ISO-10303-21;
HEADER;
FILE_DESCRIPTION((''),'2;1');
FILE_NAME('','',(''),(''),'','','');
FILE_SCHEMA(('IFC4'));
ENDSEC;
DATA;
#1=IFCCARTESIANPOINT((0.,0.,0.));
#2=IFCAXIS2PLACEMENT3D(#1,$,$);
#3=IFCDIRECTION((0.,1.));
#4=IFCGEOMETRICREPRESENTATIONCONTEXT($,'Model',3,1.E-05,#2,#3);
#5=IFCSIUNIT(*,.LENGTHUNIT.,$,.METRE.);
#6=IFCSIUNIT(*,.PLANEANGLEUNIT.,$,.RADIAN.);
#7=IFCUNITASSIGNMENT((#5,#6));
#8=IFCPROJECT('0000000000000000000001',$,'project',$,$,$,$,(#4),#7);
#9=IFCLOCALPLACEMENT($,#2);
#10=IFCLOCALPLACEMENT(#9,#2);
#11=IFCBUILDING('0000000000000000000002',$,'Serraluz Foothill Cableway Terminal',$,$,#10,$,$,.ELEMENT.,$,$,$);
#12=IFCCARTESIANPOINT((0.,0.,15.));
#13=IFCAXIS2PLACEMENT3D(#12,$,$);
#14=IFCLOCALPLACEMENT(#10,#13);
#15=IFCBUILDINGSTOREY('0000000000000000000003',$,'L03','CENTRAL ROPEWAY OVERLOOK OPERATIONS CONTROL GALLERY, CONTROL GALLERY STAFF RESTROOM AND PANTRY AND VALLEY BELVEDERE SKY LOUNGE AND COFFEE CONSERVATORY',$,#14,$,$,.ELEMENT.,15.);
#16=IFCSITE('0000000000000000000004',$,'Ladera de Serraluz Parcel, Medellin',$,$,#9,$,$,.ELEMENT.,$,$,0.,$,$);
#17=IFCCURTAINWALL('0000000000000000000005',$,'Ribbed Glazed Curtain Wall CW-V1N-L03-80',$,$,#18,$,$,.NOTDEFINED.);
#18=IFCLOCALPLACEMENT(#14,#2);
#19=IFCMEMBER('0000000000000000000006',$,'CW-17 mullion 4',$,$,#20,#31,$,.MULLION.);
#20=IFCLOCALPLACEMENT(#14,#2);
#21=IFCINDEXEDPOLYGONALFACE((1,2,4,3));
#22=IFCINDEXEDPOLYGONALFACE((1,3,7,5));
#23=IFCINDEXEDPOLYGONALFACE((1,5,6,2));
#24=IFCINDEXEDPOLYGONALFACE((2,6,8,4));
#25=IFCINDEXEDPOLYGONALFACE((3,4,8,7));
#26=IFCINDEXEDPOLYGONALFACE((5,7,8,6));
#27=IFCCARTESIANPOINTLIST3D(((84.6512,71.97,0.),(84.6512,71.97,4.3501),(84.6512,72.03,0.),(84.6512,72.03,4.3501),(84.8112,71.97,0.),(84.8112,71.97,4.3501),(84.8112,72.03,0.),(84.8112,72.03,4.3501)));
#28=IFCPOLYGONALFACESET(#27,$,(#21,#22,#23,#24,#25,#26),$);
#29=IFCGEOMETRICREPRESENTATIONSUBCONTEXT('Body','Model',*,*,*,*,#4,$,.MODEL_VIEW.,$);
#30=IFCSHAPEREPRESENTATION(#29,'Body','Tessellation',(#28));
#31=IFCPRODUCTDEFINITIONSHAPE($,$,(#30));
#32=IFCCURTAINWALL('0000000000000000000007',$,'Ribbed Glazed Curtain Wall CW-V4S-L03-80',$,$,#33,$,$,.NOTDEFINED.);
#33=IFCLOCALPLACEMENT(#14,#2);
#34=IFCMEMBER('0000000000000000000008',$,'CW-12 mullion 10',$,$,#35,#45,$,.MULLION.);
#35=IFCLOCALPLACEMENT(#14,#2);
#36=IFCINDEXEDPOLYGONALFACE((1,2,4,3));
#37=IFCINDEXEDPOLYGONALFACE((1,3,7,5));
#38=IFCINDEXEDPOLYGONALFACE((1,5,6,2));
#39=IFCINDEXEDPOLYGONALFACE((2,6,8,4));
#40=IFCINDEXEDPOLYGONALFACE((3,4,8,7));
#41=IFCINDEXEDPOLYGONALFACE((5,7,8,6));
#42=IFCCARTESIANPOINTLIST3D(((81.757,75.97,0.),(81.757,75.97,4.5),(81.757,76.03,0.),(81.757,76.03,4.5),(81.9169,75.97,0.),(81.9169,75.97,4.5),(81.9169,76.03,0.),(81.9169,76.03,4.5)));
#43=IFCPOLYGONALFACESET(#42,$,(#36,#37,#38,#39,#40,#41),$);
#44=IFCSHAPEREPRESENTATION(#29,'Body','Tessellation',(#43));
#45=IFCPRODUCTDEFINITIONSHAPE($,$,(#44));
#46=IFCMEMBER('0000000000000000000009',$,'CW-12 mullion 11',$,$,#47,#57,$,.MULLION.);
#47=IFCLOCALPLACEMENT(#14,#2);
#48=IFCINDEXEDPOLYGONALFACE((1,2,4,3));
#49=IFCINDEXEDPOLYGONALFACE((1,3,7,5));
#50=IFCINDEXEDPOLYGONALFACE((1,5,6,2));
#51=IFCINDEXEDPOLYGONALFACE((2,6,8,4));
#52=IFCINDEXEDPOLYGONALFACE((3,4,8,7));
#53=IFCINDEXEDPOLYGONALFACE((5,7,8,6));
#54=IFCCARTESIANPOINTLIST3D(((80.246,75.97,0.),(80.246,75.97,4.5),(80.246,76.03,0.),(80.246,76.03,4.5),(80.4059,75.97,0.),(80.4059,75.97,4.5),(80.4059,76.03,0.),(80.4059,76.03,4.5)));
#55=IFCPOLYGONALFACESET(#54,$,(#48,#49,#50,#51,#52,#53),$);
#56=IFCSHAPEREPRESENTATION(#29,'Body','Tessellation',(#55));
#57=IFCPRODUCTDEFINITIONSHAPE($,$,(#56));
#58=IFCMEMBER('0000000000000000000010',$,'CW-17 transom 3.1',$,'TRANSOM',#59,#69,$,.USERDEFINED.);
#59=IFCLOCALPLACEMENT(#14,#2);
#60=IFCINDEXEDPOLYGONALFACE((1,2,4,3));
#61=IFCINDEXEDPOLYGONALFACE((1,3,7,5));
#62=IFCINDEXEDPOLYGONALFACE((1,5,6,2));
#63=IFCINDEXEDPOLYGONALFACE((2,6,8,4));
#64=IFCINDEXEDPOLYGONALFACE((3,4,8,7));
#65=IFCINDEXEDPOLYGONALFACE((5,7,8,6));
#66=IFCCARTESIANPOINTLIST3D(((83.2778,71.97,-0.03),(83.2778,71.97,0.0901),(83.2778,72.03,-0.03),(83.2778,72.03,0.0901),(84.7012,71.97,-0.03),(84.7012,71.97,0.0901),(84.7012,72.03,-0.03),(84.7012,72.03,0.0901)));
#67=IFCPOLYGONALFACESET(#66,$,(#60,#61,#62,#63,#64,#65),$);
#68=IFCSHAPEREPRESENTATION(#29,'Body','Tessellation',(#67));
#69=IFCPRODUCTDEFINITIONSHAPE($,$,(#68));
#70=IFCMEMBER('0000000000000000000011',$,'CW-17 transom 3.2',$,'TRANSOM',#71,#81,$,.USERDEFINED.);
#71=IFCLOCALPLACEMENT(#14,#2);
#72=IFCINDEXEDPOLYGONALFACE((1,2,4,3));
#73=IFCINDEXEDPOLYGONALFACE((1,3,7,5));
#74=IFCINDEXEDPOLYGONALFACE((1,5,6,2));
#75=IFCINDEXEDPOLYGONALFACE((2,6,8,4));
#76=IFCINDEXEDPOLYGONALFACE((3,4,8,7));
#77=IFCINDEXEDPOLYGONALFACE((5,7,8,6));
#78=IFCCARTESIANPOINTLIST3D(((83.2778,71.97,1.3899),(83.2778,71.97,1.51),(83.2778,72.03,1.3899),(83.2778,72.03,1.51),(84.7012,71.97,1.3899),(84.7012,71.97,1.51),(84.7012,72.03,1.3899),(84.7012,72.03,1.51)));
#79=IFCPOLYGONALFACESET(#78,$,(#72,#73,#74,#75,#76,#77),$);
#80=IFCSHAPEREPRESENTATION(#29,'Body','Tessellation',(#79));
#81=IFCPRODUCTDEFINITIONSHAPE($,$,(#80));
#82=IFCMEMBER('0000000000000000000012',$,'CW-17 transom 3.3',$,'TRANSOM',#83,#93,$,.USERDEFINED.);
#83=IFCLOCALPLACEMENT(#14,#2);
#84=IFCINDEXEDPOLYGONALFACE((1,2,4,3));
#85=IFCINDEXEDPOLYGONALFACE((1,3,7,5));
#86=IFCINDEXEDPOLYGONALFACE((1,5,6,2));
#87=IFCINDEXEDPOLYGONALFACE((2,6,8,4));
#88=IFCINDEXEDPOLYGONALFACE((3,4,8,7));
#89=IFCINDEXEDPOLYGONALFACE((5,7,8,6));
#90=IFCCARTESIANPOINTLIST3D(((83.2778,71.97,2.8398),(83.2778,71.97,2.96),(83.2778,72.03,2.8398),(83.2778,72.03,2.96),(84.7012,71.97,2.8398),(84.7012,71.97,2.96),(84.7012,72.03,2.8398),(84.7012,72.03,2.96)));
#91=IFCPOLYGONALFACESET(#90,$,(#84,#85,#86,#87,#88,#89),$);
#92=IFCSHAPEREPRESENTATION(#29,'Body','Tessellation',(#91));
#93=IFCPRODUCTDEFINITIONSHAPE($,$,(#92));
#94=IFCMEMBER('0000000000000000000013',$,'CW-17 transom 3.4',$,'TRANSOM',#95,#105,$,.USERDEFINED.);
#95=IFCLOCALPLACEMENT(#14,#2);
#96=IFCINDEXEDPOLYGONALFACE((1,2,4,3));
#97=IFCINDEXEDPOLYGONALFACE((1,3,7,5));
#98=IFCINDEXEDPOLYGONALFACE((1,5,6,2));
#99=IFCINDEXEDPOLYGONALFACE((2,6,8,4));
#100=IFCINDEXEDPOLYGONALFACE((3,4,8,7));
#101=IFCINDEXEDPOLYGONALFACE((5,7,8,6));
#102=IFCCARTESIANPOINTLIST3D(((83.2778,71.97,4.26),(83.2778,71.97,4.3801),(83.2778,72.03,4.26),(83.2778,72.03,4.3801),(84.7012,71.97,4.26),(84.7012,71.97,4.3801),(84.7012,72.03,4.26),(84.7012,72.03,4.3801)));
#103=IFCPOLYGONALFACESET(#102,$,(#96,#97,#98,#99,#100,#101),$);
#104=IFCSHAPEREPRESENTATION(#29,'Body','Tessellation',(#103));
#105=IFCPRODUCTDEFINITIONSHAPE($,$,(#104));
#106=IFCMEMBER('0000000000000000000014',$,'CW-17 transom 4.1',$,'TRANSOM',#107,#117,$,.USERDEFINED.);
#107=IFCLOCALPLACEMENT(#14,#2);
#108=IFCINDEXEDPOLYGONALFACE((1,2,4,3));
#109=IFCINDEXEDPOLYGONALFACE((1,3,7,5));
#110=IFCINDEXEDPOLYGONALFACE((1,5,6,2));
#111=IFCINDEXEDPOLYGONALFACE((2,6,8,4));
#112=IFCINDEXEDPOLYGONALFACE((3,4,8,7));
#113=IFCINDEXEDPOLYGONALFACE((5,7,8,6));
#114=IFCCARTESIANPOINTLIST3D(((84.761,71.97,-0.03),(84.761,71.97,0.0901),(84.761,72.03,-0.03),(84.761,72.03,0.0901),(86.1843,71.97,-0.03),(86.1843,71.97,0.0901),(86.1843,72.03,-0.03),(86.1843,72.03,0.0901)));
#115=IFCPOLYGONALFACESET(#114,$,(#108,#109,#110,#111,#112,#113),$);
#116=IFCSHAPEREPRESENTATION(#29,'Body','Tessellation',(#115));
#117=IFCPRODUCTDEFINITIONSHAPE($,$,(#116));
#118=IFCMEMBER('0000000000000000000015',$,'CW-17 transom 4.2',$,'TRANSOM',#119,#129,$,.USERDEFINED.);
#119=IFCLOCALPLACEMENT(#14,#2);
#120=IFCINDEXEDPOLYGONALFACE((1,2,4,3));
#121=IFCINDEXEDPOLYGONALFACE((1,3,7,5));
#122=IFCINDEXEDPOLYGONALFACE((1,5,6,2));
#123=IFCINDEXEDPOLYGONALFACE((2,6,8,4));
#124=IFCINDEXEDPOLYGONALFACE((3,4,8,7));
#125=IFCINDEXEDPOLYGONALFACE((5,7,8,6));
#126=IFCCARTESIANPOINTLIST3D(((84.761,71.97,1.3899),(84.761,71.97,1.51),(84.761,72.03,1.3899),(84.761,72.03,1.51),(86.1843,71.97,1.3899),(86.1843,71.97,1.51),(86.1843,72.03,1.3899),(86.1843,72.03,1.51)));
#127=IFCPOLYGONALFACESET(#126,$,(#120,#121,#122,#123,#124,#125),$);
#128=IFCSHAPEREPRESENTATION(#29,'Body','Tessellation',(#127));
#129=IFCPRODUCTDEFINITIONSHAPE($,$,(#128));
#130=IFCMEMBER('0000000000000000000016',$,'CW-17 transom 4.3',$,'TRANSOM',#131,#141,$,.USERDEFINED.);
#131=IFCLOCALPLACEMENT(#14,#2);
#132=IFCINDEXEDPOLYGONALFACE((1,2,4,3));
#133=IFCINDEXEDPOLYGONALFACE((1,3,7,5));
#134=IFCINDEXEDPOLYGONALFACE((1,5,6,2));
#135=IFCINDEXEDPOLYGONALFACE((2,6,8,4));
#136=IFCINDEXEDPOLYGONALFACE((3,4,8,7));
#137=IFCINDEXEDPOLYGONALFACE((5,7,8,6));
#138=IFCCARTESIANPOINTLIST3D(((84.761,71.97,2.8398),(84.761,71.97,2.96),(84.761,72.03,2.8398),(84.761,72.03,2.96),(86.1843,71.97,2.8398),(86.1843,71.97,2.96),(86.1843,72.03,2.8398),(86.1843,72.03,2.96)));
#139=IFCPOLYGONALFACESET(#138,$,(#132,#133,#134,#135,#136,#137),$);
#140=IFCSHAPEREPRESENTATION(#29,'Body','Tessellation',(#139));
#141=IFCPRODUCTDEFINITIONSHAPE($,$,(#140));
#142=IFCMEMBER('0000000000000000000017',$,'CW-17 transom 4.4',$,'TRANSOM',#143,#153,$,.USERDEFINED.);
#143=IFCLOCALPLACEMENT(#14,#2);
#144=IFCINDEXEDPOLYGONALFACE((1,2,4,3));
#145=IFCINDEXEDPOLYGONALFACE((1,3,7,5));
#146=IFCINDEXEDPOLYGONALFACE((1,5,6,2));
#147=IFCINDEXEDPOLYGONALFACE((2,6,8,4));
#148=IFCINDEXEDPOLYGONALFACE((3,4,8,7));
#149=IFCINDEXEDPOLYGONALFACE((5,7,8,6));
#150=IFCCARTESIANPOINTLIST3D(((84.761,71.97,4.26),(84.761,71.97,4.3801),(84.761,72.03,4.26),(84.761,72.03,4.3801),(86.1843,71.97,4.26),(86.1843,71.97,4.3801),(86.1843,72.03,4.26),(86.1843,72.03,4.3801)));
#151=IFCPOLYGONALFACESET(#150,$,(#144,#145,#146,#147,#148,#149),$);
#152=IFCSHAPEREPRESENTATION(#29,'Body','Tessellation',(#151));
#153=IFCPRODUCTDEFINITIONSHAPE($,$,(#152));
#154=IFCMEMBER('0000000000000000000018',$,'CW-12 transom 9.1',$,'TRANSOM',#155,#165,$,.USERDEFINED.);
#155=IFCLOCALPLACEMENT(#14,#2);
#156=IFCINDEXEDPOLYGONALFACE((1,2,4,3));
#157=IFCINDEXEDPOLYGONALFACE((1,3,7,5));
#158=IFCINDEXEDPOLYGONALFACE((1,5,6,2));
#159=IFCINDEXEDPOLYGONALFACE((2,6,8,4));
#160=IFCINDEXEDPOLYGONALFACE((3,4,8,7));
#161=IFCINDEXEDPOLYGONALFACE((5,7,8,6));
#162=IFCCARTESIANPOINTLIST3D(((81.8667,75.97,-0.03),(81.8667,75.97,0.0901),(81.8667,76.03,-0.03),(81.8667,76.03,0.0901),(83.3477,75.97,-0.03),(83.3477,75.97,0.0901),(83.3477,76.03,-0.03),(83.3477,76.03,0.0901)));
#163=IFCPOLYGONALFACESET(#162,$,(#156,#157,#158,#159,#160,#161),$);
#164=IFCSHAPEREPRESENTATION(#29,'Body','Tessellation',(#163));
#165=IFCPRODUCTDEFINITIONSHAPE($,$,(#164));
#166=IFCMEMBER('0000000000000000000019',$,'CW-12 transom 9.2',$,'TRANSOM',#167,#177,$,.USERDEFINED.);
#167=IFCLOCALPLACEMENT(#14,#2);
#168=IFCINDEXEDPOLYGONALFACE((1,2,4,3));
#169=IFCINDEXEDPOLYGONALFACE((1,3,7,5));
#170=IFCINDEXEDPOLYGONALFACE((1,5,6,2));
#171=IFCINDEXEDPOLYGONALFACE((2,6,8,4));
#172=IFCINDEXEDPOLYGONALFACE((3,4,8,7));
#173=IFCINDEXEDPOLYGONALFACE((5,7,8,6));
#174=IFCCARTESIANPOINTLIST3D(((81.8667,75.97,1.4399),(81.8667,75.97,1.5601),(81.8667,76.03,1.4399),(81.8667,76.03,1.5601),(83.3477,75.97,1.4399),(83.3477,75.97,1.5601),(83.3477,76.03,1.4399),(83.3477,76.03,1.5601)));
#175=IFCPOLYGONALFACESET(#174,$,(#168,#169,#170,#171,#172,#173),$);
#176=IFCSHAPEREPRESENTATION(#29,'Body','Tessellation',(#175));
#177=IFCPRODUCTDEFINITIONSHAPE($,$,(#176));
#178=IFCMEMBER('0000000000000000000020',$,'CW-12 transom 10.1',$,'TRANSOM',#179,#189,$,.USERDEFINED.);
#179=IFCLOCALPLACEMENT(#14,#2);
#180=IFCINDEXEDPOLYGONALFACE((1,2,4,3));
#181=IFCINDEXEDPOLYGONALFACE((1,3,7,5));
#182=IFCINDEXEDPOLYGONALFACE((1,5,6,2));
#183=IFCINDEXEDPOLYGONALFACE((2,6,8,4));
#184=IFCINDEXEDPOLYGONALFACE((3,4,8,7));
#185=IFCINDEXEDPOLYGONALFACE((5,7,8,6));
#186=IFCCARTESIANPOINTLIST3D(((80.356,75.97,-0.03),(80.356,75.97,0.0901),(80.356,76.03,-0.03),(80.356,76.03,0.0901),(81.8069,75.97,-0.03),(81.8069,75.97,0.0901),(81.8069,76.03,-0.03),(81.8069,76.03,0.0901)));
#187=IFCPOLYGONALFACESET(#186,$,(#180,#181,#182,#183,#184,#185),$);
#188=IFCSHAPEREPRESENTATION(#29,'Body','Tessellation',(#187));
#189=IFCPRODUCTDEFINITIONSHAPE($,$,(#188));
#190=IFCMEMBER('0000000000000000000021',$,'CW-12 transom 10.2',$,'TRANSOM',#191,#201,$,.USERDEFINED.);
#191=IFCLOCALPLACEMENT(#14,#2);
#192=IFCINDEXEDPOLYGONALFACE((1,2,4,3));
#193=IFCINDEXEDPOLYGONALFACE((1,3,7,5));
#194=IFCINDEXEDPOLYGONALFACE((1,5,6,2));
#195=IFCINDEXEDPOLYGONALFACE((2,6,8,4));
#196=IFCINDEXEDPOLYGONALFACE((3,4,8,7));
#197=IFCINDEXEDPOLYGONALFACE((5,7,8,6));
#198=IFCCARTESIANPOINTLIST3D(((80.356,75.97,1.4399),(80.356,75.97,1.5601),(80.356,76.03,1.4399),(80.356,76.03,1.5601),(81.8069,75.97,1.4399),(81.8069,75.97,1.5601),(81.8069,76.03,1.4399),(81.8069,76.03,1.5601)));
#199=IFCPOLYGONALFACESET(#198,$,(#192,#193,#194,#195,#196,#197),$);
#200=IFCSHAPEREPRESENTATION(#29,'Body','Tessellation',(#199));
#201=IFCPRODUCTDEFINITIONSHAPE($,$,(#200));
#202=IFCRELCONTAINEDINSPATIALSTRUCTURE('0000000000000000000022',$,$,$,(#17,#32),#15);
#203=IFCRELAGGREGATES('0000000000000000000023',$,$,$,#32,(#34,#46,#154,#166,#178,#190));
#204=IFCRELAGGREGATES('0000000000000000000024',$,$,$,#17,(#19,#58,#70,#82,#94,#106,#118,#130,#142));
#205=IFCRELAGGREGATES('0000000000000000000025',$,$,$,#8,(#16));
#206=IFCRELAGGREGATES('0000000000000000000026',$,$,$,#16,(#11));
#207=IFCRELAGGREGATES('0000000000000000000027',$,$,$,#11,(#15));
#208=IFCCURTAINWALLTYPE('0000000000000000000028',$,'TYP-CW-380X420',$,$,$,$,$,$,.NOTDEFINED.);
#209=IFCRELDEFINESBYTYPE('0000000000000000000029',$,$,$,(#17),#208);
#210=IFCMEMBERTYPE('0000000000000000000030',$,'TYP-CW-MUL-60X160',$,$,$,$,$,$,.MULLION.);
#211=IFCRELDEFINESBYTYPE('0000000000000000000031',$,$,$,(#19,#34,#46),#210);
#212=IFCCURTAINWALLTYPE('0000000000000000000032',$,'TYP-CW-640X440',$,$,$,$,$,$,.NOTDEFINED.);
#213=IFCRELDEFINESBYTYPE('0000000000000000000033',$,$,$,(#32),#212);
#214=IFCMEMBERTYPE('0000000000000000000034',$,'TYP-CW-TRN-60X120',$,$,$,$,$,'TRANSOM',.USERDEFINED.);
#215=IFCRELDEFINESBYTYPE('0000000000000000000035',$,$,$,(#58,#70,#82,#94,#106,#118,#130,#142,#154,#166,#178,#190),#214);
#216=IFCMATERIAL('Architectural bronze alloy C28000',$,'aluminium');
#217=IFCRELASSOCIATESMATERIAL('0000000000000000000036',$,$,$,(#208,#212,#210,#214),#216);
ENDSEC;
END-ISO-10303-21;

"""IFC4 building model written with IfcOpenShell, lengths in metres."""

from ifc_helpers import new_model, si_unit, direction, frame, origin, origin_2d, place, context, subcontext, project, spatial, rectangle, extrude, material, material_profile, profile_set, type_object, element, aggregate, save


model = new_model("IFC4")

# Units and contexts
model_context = context("Model", 3, precision=1e-05, world=origin(), true_north=direction((0.0, 1.0)))
body_context = subcontext(model_context, "Body", "Model", "MODEL_VIEW")
ifc_project = project(units=[si_unit("LENGTHUNIT", "METRE"), si_unit("PLANEANGLEUNIT", "RADIAN")], contexts=[model_context])

# Site, building, storey
site_placement = place(None, origin())
site = spatial("IfcSite", under=ifc_project, at=site_placement, Name="Ladera de Serraluz Parcel, Medellin", CompositionType="ELEMENT", RefElevation=0.0)
building_placement = place(site_placement, origin())
building = spatial("IfcBuilding", under=site, at=building_placement, Name="Serraluz Foothill Cableway Terminal", CompositionType="ELEMENT")
storey_placement = place(building_placement, frame((0.0, 0.0, 15.0)))
storey = spatial("IfcBuildingStorey", under=building, at=storey_placement, Name="L03", Description="CENTRAL ROPEWAY OVERLOOK OPERATIONS CONTROL GALLERY, CONTROL GALLERY STAFF RESTROOM AND PANTRY AND VALLEY BELVEDERE SKY LOUNGE AND COFFEE CONSERVATORY", CompositionType="ELEMENT", Elevation=15.0)

# Curtain wall, member
ifc_material_1 = material(Name="Architectural bronze alloy C28000", Category="aluminium")
curtain_wall_type_1 = type_object("IfcCurtainWallType", Name="TYP-CW-380X420", PredefinedType="NOTDEFINED", material=ifc_material_1)
curtain_wall_1_placement = place(storey_placement, origin())
curtain_wall_1 = element("IfcCurtainWall", 1, at=curtain_wall_1_placement, inside=storey, type_object=curtain_wall_type_1, Name="Ribbed Glazed Curtain Wall CW-V1N-L03-80", PredefinedType="NOTDEFINED")
ifc_material_profile_1 = material_profile(ifc_material_1, rectangle(XDim=0.0601, YDim=0.1599, at=origin_2d()), Name="ALU MULLION 60x160")
ifc_profile_set_1 = profile_set([ifc_material_profile_1], Name="Architectural bronze alloy C28000")
member_type_1 = type_object("IfcMemberType", Name="TYP-CW-MUL-60X160", PredefinedType="MULLION", material=ifc_profile_set_1)
member_1_placement = place(storey_placement, frame((84.7312, 72.0, 0.0), z_axis=(0.0, 0.0, 1.0), x_axis=(0.0, 1.0, 0.0)))
member_1 = element("IfcMember", 2, at=member_1_placement, type_object=member_type_1, Name="CW-17 mullion 4", PredefinedType="MULLION", context=body_context, shape_type="SweptSolid", body=[
    extrude(rectangle(XDim=0.0601, YDim=0.1599, at=origin_2d()), origin(), (0.0, 0.0, 1.0), 4.3501),
])

# Curtain wall, members
curtain_wall_type_2 = type_object("IfcCurtainWallType", Name="TYP-CW-640X440", PredefinedType="NOTDEFINED", material=ifc_material_1)
curtain_wall_2_placement = place(storey_placement, origin())
curtain_wall_2 = element("IfcCurtainWall", 3, at=curtain_wall_2_placement, inside=storey, type_object=curtain_wall_type_2, Name="Ribbed Glazed Curtain Wall CW-V4S-L03-80", PredefinedType="NOTDEFINED")
member_2_placement = place(storey_placement, frame((81.8369, 76.0, 0.0), z_axis=(0.0, 0.0, 1.0), x_axis=(0.0, -1.0, 0.0)))
member_2 = element("IfcMember", 4, at=member_2_placement, type_object=member_type_1, Name="CW-12 mullion 10", PredefinedType="MULLION", context=body_context, shape_type="SweptSolid", body=[
    extrude(rectangle(XDim=0.0601, YDim=0.1599, at=origin_2d()), origin(), (0.0, 0.0, 1.0), 4.5),
])
member_3_placement = place(storey_placement, frame((80.3259, 76.0, 0.0), z_axis=(0.0, 0.0, 1.0), x_axis=(0.0, -1.0, 0.0)))
member_3 = element("IfcMember", 5, at=member_3_placement, type_object=member_type_1, Name="CW-12 mullion 11", PredefinedType="MULLION", context=body_context, shape_type="SweptSolid", body=[
    extrude(rectangle(XDim=0.0601, YDim=0.1599, at=origin_2d()), origin(), (0.0, 0.0, 1.0), 4.5),
])

# Members
ifc_material_profile_2 = material_profile(ifc_material_1, rectangle(XDim=0.0601, YDim=0.1201, at=origin_2d()), Name="ALU TRANSOM 60x120")
ifc_profile_set_2 = profile_set([ifc_material_profile_2], Name="Architectural bronze alloy C28000")
member_type_2 = type_object("IfcMemberType", Name="TYP-CW-TRN-60X120", ElementType="TRANSOM", PredefinedType="USERDEFINED", material=ifc_profile_set_2)
member_4_placement = place(storey_placement, frame((83.2778, 72.0, 0.03), z_axis=(1.0, 0.0, 0.0), x_axis=(0.0, 1.0, 0.0)))
member_4 = element("IfcMember", 6, at=member_4_placement, type_object=member_type_2, Name="CW-17 transom 3.1", ObjectType="TRANSOM", PredefinedType="USERDEFINED", context=body_context, shape_type="SweptSolid", body=[
    extrude(rectangle(XDim=0.0601, YDim=0.1201, at=origin_2d()), origin(), (0.0, 0.0, 1.0), 1.4233),
])
member_5_placement = place(storey_placement, frame((83.2778, 72.0, 1.45), z_axis=(1.0, 0.0, 0.0), x_axis=(0.0, 1.0, 0.0)))
member_5 = element("IfcMember", 7, at=member_5_placement, type_object=member_type_2, Name="CW-17 transom 3.2", ObjectType="TRANSOM", PredefinedType="USERDEFINED", context=body_context, shape_type="SweptSolid", body=[
    extrude(rectangle(XDim=0.0601, YDim=0.1201, at=origin_2d()), origin(), (0.0, 0.0, 1.0), 1.4233),
])
member_6_placement = place(storey_placement, frame((83.2778, 72.0, 2.8999), z_axis=(1.0, 0.0, 0.0), x_axis=(0.0, 1.0, 0.0)))
member_6 = element("IfcMember", 8, at=member_6_placement, type_object=member_type_2, Name="CW-17 transom 3.3", ObjectType="TRANSOM", PredefinedType="USERDEFINED", context=body_context, shape_type="SweptSolid", body=[
    extrude(rectangle(XDim=0.0601, YDim=0.1201, at=origin_2d()), origin(), (0.0, 0.0, 1.0), 1.4233),
])
member_7_placement = place(storey_placement, frame((83.2778, 72.0, 4.3201), z_axis=(1.0, 0.0, 0.0), x_axis=(0.0, 1.0, 0.0)))
member_7 = element("IfcMember", 9, at=member_7_placement, type_object=member_type_2, Name="CW-17 transom 3.4", ObjectType="TRANSOM", PredefinedType="USERDEFINED", context=body_context, shape_type="SweptSolid", body=[
    extrude(rectangle(XDim=0.0601, YDim=0.1201, at=origin_2d()), origin(), (0.0, 0.0, 1.0), 1.4233),
])
member_8_placement = place(storey_placement, frame((84.761, 72.0, 0.03), z_axis=(1.0, 0.0, 0.0), x_axis=(0.0, 1.0, 0.0)))
member_8 = element("IfcMember", 10, at=member_8_placement, type_object=member_type_2, Name="CW-17 transom 4.1", ObjectType="TRANSOM", PredefinedType="USERDEFINED", context=body_context, shape_type="SweptSolid", body=[
    extrude(rectangle(XDim=0.0601, YDim=0.1201, at=origin_2d()), origin(), (0.0, 0.0, 1.0), 1.4233),
])
member_9_placement = place(storey_placement, frame((84.761, 72.0, 1.45), z_axis=(1.0, 0.0, 0.0), x_axis=(0.0, 1.0, 0.0)))
member_9 = element("IfcMember", 11, at=member_9_placement, type_object=member_type_2, Name="CW-17 transom 4.2", ObjectType="TRANSOM", PredefinedType="USERDEFINED", context=body_context, shape_type="SweptSolid", body=[
    extrude(rectangle(XDim=0.0601, YDim=0.1201, at=origin_2d()), origin(), (0.0, 0.0, 1.0), 1.4233),
])
member_10_placement = place(storey_placement, frame((84.761, 72.0, 2.8999), z_axis=(1.0, 0.0, 0.0), x_axis=(0.0, 1.0, 0.0)))
member_10 = element("IfcMember", 12, at=member_10_placement, type_object=member_type_2, Name="CW-17 transom 4.3", ObjectType="TRANSOM", PredefinedType="USERDEFINED", context=body_context, shape_type="SweptSolid", body=[
    extrude(rectangle(XDim=0.0601, YDim=0.1201, at=origin_2d()), origin(), (0.0, 0.0, 1.0), 1.4233),
])
member_11_placement = place(storey_placement, frame((84.761, 72.0, 4.3201), z_axis=(1.0, 0.0, 0.0), x_axis=(0.0, 1.0, 0.0)))
member_11 = element("IfcMember", 13, at=member_11_placement, type_object=member_type_2, Name="CW-17 transom 4.4", ObjectType="TRANSOM", PredefinedType="USERDEFINED", context=body_context, shape_type="SweptSolid", body=[
    extrude(rectangle(XDim=0.0601, YDim=0.1201, at=origin_2d()), origin(), (0.0, 0.0, 1.0), 1.4233),
])
member_12_placement = place(storey_placement, frame((83.3477, 76.0, 0.03), z_axis=(-1.0, 0.0, 0.0), x_axis=(0.0, -1.0, 0.0)))
member_12 = element("IfcMember", 14, at=member_12_placement, type_object=member_type_2, Name="CW-12 transom 9.1", ObjectType="TRANSOM", PredefinedType="USERDEFINED", context=body_context, shape_type="SweptSolid", body=[
    extrude(rectangle(XDim=0.0601, YDim=0.1201, at=origin_2d()), origin(), (0.0, 0.0, 1.0), 1.481),
])
member_13_placement = place(storey_placement, frame((83.3477, 76.0, 1.5), z_axis=(-1.0, 0.0, 0.0), x_axis=(0.0, -1.0, 0.0)))
member_13 = element("IfcMember", 15, at=member_13_placement, type_object=member_type_2, Name="CW-12 transom 9.2", ObjectType="TRANSOM", PredefinedType="USERDEFINED", context=body_context, shape_type="SweptSolid", body=[
    extrude(rectangle(XDim=0.0601, YDim=0.1201, at=origin_2d()), origin(), (0.0, 0.0, 1.0), 1.481),
])
member_14_placement = place(storey_placement, frame((81.8069, 76.0, 0.03), z_axis=(-1.0, 0.0, 0.0), x_axis=(0.0, -1.0, 0.0)))
member_14 = element("IfcMember", 16, at=member_14_placement, type_object=member_type_2, Name="CW-12 transom 10.1", ObjectType="TRANSOM", PredefinedType="USERDEFINED", context=body_context, shape_type="SweptSolid", body=[
    extrude(rectangle(XDim=0.0601, YDim=0.1201, at=origin_2d()), origin(), (0.0, 0.0, 1.0), 1.4509),
])
member_15_placement = place(storey_placement, frame((81.8069, 76.0, 1.5), z_axis=(-1.0, 0.0, 0.0), x_axis=(0.0, -1.0, 0.0)))
member_15 = element("IfcMember", 17, at=member_15_placement, type_object=member_type_2, Name="CW-12 transom 10.2", ObjectType="TRANSOM", PredefinedType="USERDEFINED", context=body_context, shape_type="SweptSolid", body=[
    extrude(rectangle(XDim=0.0601, YDim=0.1201, at=origin_2d()), origin(), (0.0, 0.0, 1.0), 1.4509),
])

aggregate(curtain_wall_2, [member_2, member_3, member_12, member_13, member_14, member_15])
aggregate(curtain_wall_1, [member_1, member_4, member_5, member_6, member_7, member_8, member_9, member_10, member_11])

save(model, "model.ifc")
